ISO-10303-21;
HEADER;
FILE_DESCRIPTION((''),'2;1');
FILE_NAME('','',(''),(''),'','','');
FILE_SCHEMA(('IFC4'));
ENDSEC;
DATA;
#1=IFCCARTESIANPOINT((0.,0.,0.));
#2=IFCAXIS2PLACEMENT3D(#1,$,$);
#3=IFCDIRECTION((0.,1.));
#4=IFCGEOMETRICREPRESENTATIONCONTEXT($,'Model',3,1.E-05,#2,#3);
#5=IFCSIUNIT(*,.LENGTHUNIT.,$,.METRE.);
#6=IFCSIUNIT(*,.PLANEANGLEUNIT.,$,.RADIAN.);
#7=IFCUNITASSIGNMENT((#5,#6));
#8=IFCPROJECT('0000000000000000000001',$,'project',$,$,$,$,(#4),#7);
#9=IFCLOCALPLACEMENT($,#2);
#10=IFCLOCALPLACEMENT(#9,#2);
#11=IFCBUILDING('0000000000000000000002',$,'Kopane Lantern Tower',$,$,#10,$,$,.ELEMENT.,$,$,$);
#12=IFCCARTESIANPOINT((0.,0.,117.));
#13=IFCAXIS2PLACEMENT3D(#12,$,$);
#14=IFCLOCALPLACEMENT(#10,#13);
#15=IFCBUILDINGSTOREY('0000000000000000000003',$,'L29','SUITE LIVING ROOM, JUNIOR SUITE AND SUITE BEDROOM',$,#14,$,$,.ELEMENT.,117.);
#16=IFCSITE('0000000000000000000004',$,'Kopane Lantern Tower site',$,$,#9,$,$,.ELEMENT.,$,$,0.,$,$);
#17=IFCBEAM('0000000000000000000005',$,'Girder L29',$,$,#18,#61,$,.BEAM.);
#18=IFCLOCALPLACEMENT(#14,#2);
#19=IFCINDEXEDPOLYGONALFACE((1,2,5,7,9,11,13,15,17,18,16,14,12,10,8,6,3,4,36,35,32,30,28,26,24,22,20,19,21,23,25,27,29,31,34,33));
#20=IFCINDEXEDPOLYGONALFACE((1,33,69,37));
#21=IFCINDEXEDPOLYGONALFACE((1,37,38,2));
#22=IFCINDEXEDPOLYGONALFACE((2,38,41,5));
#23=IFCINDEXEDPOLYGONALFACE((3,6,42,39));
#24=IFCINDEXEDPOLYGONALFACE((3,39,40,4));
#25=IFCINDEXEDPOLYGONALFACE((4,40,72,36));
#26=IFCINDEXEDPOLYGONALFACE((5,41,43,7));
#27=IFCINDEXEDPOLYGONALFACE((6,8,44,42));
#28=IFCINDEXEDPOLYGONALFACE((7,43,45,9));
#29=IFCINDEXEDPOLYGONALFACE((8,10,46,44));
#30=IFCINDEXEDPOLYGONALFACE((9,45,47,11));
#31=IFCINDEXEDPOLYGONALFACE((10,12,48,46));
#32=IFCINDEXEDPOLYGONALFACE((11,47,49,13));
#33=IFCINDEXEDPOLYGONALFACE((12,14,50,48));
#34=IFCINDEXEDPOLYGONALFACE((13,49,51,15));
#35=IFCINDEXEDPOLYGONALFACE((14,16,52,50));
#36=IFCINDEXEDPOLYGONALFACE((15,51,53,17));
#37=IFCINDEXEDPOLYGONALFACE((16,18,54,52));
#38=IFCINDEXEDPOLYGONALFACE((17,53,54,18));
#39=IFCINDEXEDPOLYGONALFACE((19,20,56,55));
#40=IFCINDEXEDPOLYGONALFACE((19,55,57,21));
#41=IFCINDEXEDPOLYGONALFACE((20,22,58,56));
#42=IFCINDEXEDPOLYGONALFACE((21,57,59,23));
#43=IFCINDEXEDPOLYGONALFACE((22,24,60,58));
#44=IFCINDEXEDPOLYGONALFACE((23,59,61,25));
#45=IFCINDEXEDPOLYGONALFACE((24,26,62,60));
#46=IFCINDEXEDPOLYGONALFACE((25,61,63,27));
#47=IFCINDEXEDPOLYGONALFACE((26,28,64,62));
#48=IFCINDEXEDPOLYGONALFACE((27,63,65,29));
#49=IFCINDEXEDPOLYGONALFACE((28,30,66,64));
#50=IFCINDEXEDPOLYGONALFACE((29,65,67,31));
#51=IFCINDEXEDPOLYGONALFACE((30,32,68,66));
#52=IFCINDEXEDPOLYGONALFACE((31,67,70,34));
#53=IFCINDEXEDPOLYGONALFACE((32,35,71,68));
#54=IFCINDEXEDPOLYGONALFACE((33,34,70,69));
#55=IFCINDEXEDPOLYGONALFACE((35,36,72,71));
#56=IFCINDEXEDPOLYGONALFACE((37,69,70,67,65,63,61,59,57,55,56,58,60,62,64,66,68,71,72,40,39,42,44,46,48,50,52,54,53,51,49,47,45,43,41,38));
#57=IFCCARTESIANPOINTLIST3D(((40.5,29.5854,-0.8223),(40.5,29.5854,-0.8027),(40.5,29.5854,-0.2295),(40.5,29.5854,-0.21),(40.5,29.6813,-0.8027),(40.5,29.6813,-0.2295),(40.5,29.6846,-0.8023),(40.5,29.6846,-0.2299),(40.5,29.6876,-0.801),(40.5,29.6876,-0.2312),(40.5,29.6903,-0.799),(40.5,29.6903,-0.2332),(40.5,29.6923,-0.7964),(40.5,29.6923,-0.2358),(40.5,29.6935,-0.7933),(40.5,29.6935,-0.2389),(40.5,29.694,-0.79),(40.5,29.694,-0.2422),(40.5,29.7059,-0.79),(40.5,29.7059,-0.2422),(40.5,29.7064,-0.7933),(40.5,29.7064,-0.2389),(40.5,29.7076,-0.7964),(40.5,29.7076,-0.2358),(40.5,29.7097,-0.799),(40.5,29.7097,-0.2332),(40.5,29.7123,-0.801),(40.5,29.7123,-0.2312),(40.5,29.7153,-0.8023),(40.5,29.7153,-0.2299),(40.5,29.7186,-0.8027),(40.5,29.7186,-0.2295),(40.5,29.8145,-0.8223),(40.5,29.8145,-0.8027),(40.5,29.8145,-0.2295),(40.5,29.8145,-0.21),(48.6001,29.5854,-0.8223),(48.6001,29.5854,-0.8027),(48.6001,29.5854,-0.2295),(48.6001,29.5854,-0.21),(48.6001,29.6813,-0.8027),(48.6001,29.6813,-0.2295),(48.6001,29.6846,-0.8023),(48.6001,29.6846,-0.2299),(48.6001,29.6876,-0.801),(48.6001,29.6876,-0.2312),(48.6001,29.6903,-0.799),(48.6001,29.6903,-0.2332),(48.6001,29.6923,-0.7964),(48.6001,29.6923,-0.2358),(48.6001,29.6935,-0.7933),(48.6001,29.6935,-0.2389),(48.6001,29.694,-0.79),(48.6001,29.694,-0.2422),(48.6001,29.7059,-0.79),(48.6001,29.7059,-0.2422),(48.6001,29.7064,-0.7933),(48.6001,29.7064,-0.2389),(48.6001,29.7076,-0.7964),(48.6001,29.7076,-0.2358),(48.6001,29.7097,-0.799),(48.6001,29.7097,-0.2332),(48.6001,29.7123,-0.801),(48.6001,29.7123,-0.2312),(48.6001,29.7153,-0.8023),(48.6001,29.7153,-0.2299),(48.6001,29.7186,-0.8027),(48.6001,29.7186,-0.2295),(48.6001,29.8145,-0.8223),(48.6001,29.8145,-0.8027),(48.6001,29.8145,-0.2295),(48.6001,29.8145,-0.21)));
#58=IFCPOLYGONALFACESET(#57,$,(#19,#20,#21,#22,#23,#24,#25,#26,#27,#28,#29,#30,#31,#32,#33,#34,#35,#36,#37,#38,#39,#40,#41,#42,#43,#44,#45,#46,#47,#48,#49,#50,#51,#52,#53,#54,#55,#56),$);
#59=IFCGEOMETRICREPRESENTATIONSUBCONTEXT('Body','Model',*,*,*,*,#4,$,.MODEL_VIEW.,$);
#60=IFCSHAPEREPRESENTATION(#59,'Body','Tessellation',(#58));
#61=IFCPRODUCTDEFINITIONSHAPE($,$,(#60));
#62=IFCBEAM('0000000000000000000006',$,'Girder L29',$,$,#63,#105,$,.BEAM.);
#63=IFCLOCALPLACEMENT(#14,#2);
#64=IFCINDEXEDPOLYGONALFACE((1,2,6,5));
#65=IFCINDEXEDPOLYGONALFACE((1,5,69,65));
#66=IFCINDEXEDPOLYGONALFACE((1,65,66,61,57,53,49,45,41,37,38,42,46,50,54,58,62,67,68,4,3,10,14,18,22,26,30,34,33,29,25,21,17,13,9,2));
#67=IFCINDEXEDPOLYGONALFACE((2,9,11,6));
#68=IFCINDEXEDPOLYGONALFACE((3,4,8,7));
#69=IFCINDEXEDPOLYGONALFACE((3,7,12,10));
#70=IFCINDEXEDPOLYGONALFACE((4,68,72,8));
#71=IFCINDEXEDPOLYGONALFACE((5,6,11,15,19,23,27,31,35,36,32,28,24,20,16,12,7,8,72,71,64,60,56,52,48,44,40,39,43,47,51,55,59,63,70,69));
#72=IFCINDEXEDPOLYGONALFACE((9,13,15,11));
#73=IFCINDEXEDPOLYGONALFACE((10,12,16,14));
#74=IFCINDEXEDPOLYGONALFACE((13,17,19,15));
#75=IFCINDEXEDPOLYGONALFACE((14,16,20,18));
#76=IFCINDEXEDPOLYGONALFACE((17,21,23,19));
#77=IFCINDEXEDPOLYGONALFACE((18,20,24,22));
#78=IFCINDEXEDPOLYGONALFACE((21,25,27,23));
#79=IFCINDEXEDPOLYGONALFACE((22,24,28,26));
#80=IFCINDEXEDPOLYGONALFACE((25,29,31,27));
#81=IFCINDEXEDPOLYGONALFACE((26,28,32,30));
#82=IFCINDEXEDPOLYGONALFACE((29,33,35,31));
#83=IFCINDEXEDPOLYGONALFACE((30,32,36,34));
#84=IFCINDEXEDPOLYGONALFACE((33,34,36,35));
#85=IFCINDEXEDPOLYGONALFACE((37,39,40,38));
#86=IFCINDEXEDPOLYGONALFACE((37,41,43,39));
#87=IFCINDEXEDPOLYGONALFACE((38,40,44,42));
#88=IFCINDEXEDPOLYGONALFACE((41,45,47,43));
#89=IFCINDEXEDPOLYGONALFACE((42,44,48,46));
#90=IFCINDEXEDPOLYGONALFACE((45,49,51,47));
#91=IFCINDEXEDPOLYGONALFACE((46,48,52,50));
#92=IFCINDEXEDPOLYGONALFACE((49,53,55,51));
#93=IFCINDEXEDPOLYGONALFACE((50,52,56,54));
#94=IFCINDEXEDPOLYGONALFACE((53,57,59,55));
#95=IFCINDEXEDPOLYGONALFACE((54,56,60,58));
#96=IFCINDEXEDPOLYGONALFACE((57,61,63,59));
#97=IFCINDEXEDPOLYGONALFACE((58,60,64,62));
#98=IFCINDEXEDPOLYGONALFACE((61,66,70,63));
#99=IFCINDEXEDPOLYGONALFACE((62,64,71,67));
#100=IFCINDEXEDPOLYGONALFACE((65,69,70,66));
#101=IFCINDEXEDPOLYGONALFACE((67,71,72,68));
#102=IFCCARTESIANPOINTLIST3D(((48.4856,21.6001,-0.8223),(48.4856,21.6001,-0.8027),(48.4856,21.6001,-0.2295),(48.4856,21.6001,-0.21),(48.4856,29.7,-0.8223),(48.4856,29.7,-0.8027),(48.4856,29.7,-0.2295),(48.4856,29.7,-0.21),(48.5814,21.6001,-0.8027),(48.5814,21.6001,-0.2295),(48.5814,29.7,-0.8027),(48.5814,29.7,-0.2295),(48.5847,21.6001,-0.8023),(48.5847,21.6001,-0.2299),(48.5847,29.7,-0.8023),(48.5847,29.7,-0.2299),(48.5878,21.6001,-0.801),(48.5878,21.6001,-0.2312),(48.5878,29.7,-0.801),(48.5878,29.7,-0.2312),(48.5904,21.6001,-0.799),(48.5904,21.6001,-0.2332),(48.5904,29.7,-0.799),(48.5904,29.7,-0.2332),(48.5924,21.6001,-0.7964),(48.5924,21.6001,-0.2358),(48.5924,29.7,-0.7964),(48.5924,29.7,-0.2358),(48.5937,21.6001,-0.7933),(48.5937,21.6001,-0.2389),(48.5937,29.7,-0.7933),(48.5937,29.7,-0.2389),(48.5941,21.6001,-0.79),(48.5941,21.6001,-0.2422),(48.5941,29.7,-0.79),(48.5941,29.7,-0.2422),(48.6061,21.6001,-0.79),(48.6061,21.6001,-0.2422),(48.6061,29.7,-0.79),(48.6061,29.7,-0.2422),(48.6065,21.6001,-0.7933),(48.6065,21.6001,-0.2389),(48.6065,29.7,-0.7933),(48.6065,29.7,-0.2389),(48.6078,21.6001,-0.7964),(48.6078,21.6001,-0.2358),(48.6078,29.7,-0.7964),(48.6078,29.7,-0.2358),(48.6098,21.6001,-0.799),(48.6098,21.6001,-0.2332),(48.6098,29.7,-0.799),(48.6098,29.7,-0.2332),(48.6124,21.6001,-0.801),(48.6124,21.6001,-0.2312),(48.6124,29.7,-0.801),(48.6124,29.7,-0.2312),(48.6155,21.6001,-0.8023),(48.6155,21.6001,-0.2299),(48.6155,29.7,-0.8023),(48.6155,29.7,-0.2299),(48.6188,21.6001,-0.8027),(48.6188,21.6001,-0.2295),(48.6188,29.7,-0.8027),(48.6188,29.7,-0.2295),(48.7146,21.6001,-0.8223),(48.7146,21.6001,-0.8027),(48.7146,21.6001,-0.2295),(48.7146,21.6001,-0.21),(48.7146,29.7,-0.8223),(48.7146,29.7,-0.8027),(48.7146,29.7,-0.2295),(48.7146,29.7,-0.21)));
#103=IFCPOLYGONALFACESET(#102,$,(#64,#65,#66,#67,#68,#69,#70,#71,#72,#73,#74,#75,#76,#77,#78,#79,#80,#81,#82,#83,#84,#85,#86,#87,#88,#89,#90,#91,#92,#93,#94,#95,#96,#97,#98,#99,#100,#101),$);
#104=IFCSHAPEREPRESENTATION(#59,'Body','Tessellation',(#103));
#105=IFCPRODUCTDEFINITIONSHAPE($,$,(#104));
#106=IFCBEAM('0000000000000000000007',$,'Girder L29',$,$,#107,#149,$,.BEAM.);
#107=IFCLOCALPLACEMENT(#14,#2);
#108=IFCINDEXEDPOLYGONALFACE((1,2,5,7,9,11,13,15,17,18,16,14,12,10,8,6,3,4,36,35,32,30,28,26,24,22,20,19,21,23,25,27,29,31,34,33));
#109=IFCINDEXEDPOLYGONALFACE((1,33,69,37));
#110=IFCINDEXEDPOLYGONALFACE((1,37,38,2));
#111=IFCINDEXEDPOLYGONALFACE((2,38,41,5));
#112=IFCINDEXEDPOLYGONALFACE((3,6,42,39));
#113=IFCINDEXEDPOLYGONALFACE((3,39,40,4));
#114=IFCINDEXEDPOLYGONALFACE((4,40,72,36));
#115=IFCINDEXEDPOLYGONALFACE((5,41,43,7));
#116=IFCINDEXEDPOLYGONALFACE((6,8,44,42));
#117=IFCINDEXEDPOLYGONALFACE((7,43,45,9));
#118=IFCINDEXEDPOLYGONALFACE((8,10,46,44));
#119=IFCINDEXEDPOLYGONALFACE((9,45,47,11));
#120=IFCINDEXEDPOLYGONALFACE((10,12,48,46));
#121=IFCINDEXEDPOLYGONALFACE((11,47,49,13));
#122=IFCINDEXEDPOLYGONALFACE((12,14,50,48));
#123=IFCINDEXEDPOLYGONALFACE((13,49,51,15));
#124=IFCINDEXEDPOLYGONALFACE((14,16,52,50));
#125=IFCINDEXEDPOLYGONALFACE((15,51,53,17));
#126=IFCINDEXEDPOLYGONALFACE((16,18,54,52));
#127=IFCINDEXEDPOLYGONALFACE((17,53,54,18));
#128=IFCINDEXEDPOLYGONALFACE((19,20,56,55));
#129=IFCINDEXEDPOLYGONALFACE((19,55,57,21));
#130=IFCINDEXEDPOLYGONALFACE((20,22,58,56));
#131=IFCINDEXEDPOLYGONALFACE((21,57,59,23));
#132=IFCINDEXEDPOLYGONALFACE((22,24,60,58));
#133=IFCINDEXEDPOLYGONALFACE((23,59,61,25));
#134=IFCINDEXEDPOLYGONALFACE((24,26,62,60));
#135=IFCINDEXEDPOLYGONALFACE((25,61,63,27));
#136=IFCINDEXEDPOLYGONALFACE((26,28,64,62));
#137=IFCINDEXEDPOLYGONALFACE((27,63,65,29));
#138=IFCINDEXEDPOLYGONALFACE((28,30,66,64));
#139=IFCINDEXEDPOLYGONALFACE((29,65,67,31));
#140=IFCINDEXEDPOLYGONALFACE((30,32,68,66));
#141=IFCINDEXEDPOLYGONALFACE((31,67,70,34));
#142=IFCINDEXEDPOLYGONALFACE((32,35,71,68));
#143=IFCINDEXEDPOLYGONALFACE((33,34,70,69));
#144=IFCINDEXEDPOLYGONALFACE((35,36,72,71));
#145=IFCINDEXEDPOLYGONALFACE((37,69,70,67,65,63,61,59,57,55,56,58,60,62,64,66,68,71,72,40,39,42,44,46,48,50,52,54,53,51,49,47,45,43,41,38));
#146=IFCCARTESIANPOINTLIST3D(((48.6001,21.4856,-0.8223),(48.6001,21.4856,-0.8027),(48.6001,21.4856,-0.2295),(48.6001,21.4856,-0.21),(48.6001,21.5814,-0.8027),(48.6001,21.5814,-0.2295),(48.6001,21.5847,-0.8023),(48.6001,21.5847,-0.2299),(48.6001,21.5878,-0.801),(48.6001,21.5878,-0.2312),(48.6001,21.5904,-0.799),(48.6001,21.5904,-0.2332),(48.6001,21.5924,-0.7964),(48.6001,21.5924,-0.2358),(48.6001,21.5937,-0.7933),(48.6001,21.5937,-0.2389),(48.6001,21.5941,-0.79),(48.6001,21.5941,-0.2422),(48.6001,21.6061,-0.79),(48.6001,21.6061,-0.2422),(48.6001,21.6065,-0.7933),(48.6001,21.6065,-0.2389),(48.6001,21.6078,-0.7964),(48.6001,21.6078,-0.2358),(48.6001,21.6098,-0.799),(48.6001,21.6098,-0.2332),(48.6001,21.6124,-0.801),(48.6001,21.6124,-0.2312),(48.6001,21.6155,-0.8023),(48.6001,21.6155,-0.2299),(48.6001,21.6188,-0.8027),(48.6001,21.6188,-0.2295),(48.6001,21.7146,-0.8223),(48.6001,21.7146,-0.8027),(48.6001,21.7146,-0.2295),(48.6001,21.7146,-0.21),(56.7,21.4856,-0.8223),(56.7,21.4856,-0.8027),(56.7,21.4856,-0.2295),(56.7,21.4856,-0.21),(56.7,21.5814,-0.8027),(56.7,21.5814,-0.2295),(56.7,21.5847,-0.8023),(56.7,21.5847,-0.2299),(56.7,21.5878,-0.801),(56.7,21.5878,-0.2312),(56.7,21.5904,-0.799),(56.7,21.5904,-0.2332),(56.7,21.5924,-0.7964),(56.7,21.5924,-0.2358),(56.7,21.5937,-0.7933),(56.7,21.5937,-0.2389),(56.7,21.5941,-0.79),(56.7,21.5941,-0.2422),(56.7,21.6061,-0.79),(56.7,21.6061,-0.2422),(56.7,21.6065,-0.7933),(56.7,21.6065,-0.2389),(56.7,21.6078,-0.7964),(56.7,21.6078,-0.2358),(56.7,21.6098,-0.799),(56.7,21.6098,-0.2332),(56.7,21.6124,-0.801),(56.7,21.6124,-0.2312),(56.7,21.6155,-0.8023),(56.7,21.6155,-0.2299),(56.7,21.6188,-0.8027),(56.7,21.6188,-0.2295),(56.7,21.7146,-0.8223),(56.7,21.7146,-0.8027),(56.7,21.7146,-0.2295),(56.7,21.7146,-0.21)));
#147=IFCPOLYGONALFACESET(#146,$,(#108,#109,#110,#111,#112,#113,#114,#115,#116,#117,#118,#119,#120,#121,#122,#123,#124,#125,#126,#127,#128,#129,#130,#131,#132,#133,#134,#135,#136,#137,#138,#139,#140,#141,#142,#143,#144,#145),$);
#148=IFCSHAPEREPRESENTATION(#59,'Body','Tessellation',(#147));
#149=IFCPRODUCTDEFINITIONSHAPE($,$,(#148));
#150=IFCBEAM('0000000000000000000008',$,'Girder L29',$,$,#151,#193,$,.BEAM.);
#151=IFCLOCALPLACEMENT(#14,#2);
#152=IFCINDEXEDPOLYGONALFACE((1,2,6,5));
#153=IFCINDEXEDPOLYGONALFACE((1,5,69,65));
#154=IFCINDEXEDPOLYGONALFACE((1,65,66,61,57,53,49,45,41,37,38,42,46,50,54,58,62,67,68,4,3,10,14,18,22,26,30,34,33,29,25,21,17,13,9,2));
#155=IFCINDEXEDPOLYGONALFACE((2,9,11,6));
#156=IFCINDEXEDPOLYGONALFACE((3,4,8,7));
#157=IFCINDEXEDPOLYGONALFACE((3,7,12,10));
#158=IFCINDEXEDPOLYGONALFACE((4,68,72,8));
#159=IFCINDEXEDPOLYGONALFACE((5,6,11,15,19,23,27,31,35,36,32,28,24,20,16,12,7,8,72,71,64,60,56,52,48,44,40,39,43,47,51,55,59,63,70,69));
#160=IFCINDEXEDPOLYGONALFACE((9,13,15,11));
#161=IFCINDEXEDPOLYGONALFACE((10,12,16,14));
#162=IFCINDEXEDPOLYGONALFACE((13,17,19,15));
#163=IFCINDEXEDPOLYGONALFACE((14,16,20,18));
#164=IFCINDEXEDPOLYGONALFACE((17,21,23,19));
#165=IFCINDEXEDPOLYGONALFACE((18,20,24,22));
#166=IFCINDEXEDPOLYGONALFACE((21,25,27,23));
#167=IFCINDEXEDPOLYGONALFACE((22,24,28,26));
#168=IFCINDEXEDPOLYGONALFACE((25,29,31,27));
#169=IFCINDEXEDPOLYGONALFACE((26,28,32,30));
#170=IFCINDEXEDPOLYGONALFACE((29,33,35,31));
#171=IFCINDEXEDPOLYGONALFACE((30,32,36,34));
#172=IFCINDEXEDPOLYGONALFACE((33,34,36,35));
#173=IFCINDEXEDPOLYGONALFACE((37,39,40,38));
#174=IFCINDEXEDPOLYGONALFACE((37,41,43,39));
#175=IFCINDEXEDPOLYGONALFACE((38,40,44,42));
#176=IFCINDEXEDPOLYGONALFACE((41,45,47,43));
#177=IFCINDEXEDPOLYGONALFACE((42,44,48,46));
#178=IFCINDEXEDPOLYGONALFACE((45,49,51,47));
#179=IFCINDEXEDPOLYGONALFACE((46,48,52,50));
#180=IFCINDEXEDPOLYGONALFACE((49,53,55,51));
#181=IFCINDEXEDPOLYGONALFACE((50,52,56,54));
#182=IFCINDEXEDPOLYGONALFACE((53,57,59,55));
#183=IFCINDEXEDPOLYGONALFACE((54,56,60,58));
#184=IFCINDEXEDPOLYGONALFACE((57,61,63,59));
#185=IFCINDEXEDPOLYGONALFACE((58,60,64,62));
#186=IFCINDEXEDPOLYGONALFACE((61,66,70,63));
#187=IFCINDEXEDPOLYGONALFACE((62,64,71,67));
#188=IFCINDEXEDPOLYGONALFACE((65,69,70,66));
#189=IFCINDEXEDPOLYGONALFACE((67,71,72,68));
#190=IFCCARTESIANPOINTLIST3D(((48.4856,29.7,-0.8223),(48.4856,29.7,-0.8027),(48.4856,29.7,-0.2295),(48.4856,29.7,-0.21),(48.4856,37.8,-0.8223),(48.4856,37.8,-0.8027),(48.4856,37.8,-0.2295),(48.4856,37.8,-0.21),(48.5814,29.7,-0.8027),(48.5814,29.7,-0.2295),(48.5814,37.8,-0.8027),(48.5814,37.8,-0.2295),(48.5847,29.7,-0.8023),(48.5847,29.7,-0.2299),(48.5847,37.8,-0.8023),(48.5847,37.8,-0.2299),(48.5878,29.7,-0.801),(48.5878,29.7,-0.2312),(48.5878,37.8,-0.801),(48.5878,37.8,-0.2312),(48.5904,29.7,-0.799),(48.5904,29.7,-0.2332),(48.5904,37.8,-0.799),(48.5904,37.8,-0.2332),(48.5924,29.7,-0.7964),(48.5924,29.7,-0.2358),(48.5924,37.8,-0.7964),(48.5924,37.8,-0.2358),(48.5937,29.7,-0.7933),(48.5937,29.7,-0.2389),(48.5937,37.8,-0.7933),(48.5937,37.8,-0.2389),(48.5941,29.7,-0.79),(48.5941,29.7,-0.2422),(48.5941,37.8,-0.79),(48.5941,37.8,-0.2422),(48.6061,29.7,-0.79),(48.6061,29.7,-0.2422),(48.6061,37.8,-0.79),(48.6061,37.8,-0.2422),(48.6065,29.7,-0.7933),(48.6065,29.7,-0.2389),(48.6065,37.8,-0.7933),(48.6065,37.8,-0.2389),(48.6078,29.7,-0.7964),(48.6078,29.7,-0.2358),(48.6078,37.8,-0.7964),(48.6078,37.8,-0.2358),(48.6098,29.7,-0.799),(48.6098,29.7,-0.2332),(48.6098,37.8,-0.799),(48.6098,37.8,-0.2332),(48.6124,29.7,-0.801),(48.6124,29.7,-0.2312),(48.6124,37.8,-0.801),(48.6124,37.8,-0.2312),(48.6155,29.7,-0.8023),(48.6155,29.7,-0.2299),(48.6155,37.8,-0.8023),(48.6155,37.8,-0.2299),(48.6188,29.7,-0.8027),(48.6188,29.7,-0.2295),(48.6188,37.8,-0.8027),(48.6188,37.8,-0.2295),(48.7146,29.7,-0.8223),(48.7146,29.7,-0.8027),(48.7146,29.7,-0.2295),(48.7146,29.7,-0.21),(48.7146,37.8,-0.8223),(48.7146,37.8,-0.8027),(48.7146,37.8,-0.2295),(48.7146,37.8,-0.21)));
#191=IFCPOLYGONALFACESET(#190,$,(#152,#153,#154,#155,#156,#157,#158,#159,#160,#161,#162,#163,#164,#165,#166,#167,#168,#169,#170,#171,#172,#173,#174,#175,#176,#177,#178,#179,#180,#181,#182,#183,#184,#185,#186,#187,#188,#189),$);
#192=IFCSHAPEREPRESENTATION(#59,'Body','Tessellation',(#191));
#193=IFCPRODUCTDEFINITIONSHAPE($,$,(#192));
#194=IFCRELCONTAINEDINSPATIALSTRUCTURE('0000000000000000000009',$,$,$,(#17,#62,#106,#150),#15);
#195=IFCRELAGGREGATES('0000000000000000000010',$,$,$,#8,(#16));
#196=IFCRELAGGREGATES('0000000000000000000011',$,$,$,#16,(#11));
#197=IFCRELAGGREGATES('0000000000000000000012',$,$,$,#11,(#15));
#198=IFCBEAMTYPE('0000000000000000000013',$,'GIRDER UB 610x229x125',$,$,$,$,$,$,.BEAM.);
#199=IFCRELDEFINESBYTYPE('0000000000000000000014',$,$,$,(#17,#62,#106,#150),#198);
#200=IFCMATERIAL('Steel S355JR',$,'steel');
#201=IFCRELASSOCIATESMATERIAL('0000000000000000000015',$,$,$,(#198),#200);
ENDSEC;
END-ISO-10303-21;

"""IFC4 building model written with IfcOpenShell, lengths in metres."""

from ifc_helpers import new_model, si_unit, direction, frame, origin, origin_2d, place, context, subcontext, project, spatial, i_section, extrude, material, material_profile, profile_set, type_object, element, save


model = new_model("IFC4")

# Units and contexts
model_context = context("Model", 3, precision=1e-05, world=origin(), true_north=direction((0.0, 1.0)))
body_context = subcontext(model_context, "Body", "Model", "MODEL_VIEW")
ifc_project = project(units=[si_unit("LENGTHUNIT", "METRE"), si_unit("PLANEANGLEUNIT", "RADIAN")], contexts=[model_context])

# Site, building, storey
site_placement = place(None, origin())
site = spatial("IfcSite", under=ifc_project, at=site_placement, Name="Kopane Lantern Tower site", CompositionType="ELEMENT", RefElevation=0.0)
building_placement = place(site_placement, origin())
building = spatial("IfcBuilding", under=site, at=building_placement, Name="Kopane Lantern Tower", CompositionType="ELEMENT")
storey_placement = place(building_placement, frame((0.0, 0.0, 117.0)))
storey = spatial("IfcBuildingStorey", under=building, at=storey_placement, Name="L29", Description="SUITE LIVING ROOM, JUNIOR SUITE AND SUITE BEDROOM", CompositionType="ELEMENT", Elevation=117.0)

# Beams
ifc_material_1 = material(Name="Steel S355JR", Category="steel")
ifc_material_profile_1 = material_profile(ifc_material_1, i_section(OverallWidth=0.229, OverallDepth=0.6123, WebThickness=0.012, FlangeThickness=0.0195, FilletRadius=0.0127, at=origin_2d()), Name="UB 610x229x125")
ifc_profile_set_1 = profile_set([ifc_material_profile_1], Name="Steel S355JR")
beam_type = type_object("IfcBeamType", Name="GIRDER UB 610x229x125", PredefinedType="BEAM", material=ifc_profile_set_1)
beam_1_placement = place(storey_placement, frame((40.5, 29.7, -0.5161), z_axis=(1.0, 0.0, 0.0), x_axis=(0.0, 1.0, 0.0)))
element("IfcBeam", 1, at=beam_1_placement, inside=storey, type_object=beam_type, Name="Girder L29", PredefinedType="BEAM", context=body_context, shape_type="SweptSolid", body=[
    extrude(i_section(OverallWidth=0.229, OverallDepth=0.6123, WebThickness=0.012, FlangeThickness=0.0195, FilletRadius=0.0127, at=origin_2d()), origin(), (0.0, 0.0, 1.0), 8.1001),
])
for number, where, z_axis, x_axis, name in (
    (2, (48.6001, 21.6001, -0.5161), (0.0, 1.0, 0.0), (-1.0, 0.0, 0.0), "Girder L29"),
    (3, (48.6001, 21.6001, -0.5161), (1.0, 0.0, 0.0), (0.0, 1.0, 0.0), "Girder L29"),
):
    element("IfcBeam", number, at=place(storey_placement, frame(where, z_axis=z_axis, x_axis=x_axis)), inside=storey, type_object=beam_type, Name=name, PredefinedType="BEAM", context=body_context, shape_type="SweptSolid", body=[
        extrude(i_section(OverallWidth=0.229, OverallDepth=0.6123, WebThickness=0.012, FlangeThickness=0.0195, FilletRadius=0.0127, at=origin_2d()), origin(), (0.0, 0.0, 1.0), 8.0999),
    ])
beam_2_placement = place(storey_placement, frame((48.6001, 29.7, -0.5161), z_axis=(0.0, 1.0, 0.0), x_axis=(-1.0, 0.0, 0.0)))
element("IfcBeam", 4, at=beam_2_placement, inside=storey, type_object=beam_type, Name="Girder L29", PredefinedType="BEAM", context=body_context, shape_type="SweptSolid", body=[
    extrude(i_section(OverallWidth=0.229, OverallDepth=0.6123, WebThickness=0.012, FlangeThickness=0.0195, FilletRadius=0.0127, at=origin_2d()), origin(), (0.0, 0.0, 1.0), 8.1001),
])

save(model, "model.ifc")
